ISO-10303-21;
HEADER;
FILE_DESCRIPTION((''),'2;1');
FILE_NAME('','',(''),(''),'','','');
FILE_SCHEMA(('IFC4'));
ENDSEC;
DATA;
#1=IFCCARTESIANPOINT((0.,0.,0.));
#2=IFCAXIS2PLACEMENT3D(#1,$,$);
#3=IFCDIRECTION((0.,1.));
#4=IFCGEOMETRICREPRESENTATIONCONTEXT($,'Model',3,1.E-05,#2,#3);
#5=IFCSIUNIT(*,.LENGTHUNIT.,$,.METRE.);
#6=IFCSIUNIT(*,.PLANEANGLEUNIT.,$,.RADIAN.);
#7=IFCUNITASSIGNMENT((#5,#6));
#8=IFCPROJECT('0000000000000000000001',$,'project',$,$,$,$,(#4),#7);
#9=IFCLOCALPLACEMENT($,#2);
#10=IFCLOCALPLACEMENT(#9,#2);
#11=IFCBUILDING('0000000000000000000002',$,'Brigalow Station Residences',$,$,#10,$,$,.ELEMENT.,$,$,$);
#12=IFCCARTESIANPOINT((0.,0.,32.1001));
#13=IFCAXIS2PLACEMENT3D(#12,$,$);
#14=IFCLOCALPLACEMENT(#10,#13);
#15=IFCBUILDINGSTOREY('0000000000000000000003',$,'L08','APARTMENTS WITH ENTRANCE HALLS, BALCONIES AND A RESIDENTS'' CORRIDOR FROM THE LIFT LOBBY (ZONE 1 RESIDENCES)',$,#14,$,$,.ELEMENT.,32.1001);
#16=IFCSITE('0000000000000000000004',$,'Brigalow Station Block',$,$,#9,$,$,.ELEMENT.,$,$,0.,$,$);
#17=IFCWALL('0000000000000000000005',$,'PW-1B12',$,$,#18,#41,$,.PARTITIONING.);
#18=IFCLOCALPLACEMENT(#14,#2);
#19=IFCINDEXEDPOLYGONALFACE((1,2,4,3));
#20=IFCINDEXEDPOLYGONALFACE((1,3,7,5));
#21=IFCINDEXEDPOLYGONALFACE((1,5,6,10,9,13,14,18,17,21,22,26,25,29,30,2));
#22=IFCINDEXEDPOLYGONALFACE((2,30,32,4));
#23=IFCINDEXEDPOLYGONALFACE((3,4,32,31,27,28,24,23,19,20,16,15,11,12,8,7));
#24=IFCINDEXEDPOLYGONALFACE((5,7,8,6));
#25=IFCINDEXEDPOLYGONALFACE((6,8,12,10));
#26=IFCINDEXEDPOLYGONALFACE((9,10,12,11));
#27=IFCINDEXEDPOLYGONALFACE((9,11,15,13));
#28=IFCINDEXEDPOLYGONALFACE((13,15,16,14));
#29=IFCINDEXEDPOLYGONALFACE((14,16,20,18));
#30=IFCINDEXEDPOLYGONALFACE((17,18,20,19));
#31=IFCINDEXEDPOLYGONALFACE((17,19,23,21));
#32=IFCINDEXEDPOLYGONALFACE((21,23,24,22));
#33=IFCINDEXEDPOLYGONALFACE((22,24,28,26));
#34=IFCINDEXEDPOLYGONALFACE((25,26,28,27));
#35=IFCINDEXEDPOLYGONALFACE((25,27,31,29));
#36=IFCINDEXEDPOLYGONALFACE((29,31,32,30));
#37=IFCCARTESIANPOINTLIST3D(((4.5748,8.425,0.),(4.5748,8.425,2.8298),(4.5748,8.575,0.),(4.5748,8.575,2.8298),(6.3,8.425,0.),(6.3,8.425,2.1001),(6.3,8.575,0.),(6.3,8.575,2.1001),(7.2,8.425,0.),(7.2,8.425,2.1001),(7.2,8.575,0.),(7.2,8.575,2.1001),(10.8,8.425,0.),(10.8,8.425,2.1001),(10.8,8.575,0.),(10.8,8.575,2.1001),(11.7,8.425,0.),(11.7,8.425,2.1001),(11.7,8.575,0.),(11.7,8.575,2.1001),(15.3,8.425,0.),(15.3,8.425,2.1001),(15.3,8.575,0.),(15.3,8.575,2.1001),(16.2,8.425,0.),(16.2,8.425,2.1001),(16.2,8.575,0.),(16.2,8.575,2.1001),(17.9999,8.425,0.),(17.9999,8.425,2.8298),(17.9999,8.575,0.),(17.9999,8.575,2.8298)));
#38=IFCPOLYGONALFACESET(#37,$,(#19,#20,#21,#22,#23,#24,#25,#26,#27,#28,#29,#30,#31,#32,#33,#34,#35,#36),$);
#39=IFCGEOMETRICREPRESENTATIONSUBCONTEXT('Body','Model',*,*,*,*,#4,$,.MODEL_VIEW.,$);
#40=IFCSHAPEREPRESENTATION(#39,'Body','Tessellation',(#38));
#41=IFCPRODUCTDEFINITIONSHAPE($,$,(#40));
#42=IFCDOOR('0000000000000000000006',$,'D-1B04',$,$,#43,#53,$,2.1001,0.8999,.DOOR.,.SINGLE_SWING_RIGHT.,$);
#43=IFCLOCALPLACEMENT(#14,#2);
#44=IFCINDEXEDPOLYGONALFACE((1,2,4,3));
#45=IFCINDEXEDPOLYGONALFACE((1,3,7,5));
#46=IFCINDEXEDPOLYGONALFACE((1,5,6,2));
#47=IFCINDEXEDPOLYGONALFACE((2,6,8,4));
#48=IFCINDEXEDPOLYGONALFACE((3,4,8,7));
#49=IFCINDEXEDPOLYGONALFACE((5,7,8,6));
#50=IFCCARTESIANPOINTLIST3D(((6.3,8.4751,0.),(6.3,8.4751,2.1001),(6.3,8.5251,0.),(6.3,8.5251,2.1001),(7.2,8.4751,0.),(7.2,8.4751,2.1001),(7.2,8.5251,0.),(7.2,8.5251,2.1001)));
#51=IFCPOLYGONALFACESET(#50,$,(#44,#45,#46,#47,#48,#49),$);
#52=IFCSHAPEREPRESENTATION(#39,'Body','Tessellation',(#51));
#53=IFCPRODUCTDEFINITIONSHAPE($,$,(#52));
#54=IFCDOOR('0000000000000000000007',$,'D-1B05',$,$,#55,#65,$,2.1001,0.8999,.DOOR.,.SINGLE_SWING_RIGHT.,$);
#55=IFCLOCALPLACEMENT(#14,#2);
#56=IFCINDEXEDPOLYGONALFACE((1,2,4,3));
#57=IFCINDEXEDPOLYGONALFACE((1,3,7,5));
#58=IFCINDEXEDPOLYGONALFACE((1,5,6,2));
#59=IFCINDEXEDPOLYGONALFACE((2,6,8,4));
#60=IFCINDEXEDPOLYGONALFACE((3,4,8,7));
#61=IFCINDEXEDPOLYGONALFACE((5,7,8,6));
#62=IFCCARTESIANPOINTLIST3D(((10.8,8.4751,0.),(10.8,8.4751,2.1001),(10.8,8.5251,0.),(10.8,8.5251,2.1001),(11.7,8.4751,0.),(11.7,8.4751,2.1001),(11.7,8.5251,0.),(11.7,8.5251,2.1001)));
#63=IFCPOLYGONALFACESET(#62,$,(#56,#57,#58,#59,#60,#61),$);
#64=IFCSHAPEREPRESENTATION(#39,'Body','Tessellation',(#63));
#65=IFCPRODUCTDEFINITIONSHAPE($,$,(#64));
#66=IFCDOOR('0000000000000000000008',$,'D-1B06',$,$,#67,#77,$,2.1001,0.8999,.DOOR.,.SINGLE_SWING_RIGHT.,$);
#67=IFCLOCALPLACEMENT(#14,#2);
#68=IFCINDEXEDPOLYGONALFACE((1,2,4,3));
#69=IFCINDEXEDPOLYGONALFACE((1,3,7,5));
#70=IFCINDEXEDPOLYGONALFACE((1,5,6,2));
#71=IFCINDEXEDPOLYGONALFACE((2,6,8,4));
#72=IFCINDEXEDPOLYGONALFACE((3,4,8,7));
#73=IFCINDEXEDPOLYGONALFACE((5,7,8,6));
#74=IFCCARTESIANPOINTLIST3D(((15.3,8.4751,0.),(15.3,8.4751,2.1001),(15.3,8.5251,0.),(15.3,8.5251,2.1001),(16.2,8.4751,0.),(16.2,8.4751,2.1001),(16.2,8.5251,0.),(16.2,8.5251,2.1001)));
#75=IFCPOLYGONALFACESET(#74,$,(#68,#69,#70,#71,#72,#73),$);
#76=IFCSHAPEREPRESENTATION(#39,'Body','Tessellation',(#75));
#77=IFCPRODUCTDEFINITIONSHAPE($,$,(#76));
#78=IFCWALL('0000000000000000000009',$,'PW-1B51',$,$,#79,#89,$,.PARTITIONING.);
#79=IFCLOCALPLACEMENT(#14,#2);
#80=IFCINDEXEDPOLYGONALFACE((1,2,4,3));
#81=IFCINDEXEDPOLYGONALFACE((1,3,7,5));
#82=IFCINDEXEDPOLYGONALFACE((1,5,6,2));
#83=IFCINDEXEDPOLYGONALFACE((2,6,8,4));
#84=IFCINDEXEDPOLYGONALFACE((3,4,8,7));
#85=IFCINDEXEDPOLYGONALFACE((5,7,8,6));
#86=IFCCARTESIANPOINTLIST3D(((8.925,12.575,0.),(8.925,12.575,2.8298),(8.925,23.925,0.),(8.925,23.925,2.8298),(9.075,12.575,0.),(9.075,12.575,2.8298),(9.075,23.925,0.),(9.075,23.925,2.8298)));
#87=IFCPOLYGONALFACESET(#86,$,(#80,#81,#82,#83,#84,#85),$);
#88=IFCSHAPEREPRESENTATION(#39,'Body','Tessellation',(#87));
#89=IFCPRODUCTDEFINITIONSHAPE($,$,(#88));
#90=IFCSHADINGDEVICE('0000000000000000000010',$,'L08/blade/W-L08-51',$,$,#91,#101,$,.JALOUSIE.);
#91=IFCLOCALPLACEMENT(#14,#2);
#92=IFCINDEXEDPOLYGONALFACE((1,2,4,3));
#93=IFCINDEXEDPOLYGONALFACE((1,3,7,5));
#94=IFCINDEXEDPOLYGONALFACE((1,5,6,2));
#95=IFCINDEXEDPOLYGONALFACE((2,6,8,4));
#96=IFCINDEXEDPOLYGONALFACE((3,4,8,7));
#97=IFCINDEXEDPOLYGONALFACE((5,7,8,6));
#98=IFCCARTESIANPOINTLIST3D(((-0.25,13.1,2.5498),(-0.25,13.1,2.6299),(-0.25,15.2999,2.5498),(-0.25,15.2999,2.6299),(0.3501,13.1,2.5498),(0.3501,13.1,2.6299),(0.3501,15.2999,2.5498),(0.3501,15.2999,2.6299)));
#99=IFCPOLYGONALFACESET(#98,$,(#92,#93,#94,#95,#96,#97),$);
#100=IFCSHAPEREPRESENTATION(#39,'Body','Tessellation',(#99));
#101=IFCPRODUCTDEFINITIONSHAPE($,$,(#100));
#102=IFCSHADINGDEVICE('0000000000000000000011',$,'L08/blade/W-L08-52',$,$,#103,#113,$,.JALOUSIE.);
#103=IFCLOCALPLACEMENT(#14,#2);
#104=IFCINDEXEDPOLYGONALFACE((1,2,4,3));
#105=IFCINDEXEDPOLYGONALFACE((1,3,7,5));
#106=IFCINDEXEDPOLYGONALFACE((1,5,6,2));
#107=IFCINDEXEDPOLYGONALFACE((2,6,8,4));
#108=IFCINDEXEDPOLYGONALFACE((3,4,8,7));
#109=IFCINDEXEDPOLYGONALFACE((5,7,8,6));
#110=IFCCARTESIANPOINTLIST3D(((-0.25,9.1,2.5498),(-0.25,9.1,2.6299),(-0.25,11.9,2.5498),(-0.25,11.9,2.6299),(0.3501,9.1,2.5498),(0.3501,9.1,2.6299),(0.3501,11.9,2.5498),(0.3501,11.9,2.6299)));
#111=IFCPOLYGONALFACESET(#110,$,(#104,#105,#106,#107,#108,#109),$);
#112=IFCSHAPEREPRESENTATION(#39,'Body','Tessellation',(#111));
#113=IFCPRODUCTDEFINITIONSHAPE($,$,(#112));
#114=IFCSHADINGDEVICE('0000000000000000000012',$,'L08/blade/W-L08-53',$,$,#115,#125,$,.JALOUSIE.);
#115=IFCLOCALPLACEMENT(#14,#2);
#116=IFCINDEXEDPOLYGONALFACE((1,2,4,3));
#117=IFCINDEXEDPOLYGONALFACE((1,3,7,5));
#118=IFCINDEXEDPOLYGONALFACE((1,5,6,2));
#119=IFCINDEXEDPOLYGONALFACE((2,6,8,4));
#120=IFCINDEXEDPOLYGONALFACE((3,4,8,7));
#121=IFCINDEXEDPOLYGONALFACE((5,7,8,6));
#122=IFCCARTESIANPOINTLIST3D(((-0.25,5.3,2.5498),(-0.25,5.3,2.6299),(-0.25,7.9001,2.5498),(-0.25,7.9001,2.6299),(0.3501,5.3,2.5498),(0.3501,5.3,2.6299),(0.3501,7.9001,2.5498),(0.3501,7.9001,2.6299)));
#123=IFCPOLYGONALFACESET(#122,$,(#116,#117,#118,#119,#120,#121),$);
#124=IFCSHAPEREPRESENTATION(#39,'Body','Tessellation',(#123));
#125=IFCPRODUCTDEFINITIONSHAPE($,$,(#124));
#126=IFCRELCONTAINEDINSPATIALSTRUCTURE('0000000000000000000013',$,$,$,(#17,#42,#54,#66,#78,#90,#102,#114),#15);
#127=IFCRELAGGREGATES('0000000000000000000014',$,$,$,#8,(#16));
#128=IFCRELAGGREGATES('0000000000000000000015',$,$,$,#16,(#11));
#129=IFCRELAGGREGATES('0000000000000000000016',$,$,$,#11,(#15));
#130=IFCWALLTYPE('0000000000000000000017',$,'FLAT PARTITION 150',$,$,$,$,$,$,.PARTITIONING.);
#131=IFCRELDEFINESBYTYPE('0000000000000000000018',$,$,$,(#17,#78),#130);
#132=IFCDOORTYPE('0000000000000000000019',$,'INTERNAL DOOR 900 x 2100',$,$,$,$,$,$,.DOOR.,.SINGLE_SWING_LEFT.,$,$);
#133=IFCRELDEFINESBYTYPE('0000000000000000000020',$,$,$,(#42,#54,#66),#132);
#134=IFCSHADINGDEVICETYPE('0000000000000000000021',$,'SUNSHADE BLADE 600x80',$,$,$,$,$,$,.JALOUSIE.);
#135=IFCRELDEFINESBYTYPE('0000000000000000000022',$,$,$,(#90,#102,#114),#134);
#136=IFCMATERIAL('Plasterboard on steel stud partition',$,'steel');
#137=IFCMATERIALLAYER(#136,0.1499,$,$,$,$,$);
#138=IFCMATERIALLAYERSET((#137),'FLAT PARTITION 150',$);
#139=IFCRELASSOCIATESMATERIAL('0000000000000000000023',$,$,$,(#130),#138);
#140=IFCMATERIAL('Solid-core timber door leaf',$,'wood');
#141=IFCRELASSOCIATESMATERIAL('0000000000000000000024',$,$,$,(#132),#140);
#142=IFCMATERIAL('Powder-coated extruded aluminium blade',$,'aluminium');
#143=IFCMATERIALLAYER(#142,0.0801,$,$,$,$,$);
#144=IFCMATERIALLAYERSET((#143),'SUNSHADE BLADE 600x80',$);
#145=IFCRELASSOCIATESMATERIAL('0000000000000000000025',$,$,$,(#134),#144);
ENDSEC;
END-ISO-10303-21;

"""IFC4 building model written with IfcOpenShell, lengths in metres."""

from ifc_helpers import new_model, si_unit, direction, frame, frame_2d, origin, origin_2d, place, context, subcontext, project, spatial, rectangle, extrude, material, layer, layer_set, type_object, element, fill, save


model = new_model("IFC4")

# Units and contexts
model_context = context("Model", 3, precision=1e-05, world=origin(), true_north=direction((0.0, 1.0)))
body_context = subcontext(model_context, "Body", "Model", "MODEL_VIEW")
ifc_project = project(units=[si_unit("LENGTHUNIT", "METRE"), si_unit("PLANEANGLEUNIT", "RADIAN")], contexts=[model_context])

# Site, building, storey
site_placement = place(None, origin())
site = spatial("IfcSite", under=ifc_project, at=site_placement, Name="Brigalow Station Block", CompositionType="ELEMENT", RefElevation=0.0)
building_placement = place(site_placement, origin())
building = spatial("IfcBuilding", under=site, at=building_placement, Name="Brigalow Station Residences", CompositionType="ELEMENT")
storey_placement = place(building_placement, frame((0.0, 0.0, 32.1001)))
storey = spatial("IfcBuildingStorey", under=building, at=storey_placement, Name="L08", Description="APARTMENTS WITH ENTRANCE HALLS, BALCONIES AND A RESIDENTS' CORRIDOR FROM THE LIFT LOBBY (ZONE 1 RESIDENCES)", CompositionType="ELEMENT", Elevation=32.1001)

# Shared definitions
ifc_material_1 = material(Name="Plasterboard on steel stud partition", Category="steel")
ifc_layer_1 = layer(ifc_material_1, 0.1499)
ifc_layer_set_1 = layer_set([ifc_layer_1], Name="FLAT PARTITION 150")
wall_type_1 = type_object("IfcWallType", Name="FLAT PARTITION 150", PredefinedType="PARTITIONING", material=ifc_layer_set_1)
ifc_material_2 = material(Name="Solid-core timber door leaf", Category="wood")
door_type = type_object("IfcDoorType", Name="INTERNAL DOOR 900 x 2100", OperationType="SINGLE_SWING_LEFT", PredefinedType="DOOR", material=ifc_material_2)

# Wall, openings, doors
wall_1_placement = place(storey_placement, frame((4.575, 8.5, 0.0), z_axis=(0.0, 0.0, 1.0), x_axis=(1.0, 0.0, 0.0)))
wall_1 = element("IfcWall", 1, at=wall_1_placement, inside=storey, type_object=wall_type_1, Name="PW-1B12", PredefinedType="PARTITIONING", context=body_context, shape_type="SweptSolid", body=[
    extrude(rectangle(XDim=13.425, YDim=0.1499, at=frame_2d((6.7124, 0.0))), origin(), (0.0, 0.0, 1.0), 2.8298),
])
opening_1_placement = place(wall_1_placement, frame((1.7251, 0.0, 0.0)))
opening_1 = element("IfcOpeningElement", 2, at=opening_1_placement, cuts=wall_1, PredefinedType="OPENING", context=body_context, shape_type="SweptSolid", body=[
    extrude(rectangle(XDim=0.8999, YDim=2.1001, at=frame_2d((0.45, 1.05))), frame((0.0, 0.085, 0.0), z_axis=(0.0, -1.0, 0.0), x_axis=(1.0, 0.0, 0.0)), (0.0, 0.0, 1.0), 0.1699),
])
opening_2_placement = place(wall_1_placement, frame((6.2251, 0.0, 0.0)))
opening_2 = element("IfcOpeningElement", 3, at=opening_2_placement, cuts=wall_1, PredefinedType="OPENING", context=body_context, shape_type="SweptSolid", body=[
    extrude(rectangle(XDim=0.8999, YDim=2.1001, at=frame_2d((0.45, 1.05))), frame((0.0, 0.085, 0.0), z_axis=(0.0, -1.0, 0.0), x_axis=(1.0, 0.0, 0.0)), (0.0, 0.0, 1.0), 0.1699),
])
opening_3_placement = place(wall_1_placement, frame((10.7251, 0.0, 0.0)))
opening_3 = element("IfcOpeningElement", 4, at=opening_3_placement, cuts=wall_1, PredefinedType="OPENING", context=body_context, shape_type="SweptSolid", body=[
    extrude(rectangle(XDim=0.8999, YDim=2.1001, at=frame_2d((0.45, 1.05))), frame((0.0, 0.085, 0.0), z_axis=(0.0, -1.0, 0.0), x_axis=(1.0, 0.0, 0.0)), (0.0, 0.0, 1.0), 0.1699),
])
door_1_placement = place(opening_1_placement, frame((0.8999, 0.0, 0.0), z_axis=(0.0, 0.0, 1.0), x_axis=(-1.0, 0.0, 0.0)))
door_1 = element("IfcDoor", 5, at=door_1_placement, inside=storey, type_object=door_type, Name="D-1B04", OperationType="SINGLE_SWING_RIGHT", OverallHeight=2.1001, OverallWidth=0.8999, PredefinedType="DOOR", context=body_context, shape_type="SweptSolid", body=[
    extrude(rectangle(XDim=0.8999, YDim=2.1001, at=frame_2d((0.45, 1.05))), frame((0.0, 0.0249, 0.0), z_axis=(0.0, -1.0, 0.0), x_axis=(1.0, 0.0, 0.0)), (0.0, 0.0, 1.0), 0.05),
])
fill(opening_1, door_1)
door_2_placement = place(opening_2_placement, frame((0.8999, 0.0, 0.0), z_axis=(0.0, 0.0, 1.0), x_axis=(-1.0, 0.0, 0.0)))
door_2 = element("IfcDoor", 6, at=door_2_placement, inside=storey, type_object=door_type, Name="D-1B05", OperationType="SINGLE_SWING_RIGHT", OverallHeight=2.1001, OverallWidth=0.8999, PredefinedType="DOOR", context=body_context, shape_type="SweptSolid", body=[
    extrude(rectangle(XDim=0.8999, YDim=2.1001, at=frame_2d((0.45, 1.05))), frame((0.0, 0.0249, 0.0), z_axis=(0.0, -1.0, 0.0), x_axis=(1.0, 0.0, 0.0)), (0.0, 0.0, 1.0), 0.05),
])
fill(opening_2, door_2)
door_3_placement = place(opening_3_placement, frame((0.8999, 0.0, 0.0), z_axis=(0.0, 0.0, 1.0), x_axis=(-1.0, 0.0, 0.0)))
door_3 = element("IfcDoor", 7, at=door_3_placement, inside=storey, type_object=door_type, Name="D-1B06", OperationType="SINGLE_SWING_RIGHT", OverallHeight=2.1001, OverallWidth=0.8999, PredefinedType="DOOR", context=body_context, shape_type="SweptSolid", body=[
    extrude(rectangle(XDim=0.8999, YDim=2.1001, at=frame_2d((0.45, 1.05))), frame((0.0, 0.0249, 0.0), z_axis=(0.0, -1.0, 0.0), x_axis=(1.0, 0.0, 0.0)), (0.0, 0.0, 1.0), 0.05),
])
fill(opening_3, door_3)

# Wall
wall_2_placement = place(storey_placement, frame((9.0, 12.575, 0.0), z_axis=(0.0, 0.0, 1.0), x_axis=(0.0, 1.0, 0.0)))
element("IfcWall", 8, at=wall_2_placement, inside=storey, type_object=wall_type_1, Name="PW-1B51", PredefinedType="PARTITIONING", context=body_context, shape_type="SweptSolid", body=[
    extrude(rectangle(XDim=11.3501, YDim=0.1499, at=frame_2d((5.675, 0.0))), origin(), (0.0, 0.0, 1.0), 2.8298),
])

# Shading devices
ifc_material_3 = material(Name="Powder-coated extruded aluminium blade", Category="aluminium")
ifc_layer_2 = layer(ifc_material_3, 0.0801)
ifc_layer_set_2 = layer_set([ifc_layer_2], Name="SUNSHADE BLADE 600x80")
shading_device_type = type_object("IfcShadingDeviceType", Name="SUNSHADE BLADE 600x80", PredefinedType="JALOUSIE", material=ifc_layer_set_2)
shading_device_1_placement = place(storey_placement, frame((0.05, 14.2, 2.5498), z_axis=(0.0, 0.0, 1.0), x_axis=(0.0, -1.0, 0.0)))
element("IfcShadingDevice", 9, at=shading_device_1_placement, inside=storey, type_object=shading_device_type, Name="L08/blade/W-L08-51", PredefinedType="JALOUSIE", context=body_context, shape_type="SweptSolid", body=[
    extrude(rectangle(XDim=2.2, YDim=0.6001, at=origin_2d()), origin(), (0.0, 0.0, 1.0), 0.0801),
])
shading_device_2_placement = place(storey_placement, frame((0.05, 10.5, 2.5498), z_axis=(0.0, 0.0, 1.0), x_axis=(0.0, -1.0, 0.0)))
element("IfcShadingDevice", 10, at=shading_device_2_placement, inside=storey, type_object=shading_device_type, Name="L08/blade/W-L08-52", PredefinedType="JALOUSIE", context=body_context, shape_type="SweptSolid", body=[
    extrude(rectangle(XDim=2.8, YDim=0.6001, at=origin_2d()), origin(), (0.0, 0.0, 1.0), 0.0801),
])
shading_device_3_placement = place(storey_placement, frame((0.05, 6.6001, 2.5498), z_axis=(0.0, 0.0, 1.0), x_axis=(0.0, -1.0, 0.0)))
element("IfcShadingDevice", 11, at=shading_device_3_placement, inside=storey, type_object=shading_device_type, Name="L08/blade/W-L08-53", PredefinedType="JALOUSIE", context=body_context, shape_type="SweptSolid", body=[
    extrude(rectangle(XDim=2.6001, YDim=0.6001, at=origin_2d()), origin(), (0.0, 0.0, 1.0), 0.0801),
])

save(model, "model.ifc")
